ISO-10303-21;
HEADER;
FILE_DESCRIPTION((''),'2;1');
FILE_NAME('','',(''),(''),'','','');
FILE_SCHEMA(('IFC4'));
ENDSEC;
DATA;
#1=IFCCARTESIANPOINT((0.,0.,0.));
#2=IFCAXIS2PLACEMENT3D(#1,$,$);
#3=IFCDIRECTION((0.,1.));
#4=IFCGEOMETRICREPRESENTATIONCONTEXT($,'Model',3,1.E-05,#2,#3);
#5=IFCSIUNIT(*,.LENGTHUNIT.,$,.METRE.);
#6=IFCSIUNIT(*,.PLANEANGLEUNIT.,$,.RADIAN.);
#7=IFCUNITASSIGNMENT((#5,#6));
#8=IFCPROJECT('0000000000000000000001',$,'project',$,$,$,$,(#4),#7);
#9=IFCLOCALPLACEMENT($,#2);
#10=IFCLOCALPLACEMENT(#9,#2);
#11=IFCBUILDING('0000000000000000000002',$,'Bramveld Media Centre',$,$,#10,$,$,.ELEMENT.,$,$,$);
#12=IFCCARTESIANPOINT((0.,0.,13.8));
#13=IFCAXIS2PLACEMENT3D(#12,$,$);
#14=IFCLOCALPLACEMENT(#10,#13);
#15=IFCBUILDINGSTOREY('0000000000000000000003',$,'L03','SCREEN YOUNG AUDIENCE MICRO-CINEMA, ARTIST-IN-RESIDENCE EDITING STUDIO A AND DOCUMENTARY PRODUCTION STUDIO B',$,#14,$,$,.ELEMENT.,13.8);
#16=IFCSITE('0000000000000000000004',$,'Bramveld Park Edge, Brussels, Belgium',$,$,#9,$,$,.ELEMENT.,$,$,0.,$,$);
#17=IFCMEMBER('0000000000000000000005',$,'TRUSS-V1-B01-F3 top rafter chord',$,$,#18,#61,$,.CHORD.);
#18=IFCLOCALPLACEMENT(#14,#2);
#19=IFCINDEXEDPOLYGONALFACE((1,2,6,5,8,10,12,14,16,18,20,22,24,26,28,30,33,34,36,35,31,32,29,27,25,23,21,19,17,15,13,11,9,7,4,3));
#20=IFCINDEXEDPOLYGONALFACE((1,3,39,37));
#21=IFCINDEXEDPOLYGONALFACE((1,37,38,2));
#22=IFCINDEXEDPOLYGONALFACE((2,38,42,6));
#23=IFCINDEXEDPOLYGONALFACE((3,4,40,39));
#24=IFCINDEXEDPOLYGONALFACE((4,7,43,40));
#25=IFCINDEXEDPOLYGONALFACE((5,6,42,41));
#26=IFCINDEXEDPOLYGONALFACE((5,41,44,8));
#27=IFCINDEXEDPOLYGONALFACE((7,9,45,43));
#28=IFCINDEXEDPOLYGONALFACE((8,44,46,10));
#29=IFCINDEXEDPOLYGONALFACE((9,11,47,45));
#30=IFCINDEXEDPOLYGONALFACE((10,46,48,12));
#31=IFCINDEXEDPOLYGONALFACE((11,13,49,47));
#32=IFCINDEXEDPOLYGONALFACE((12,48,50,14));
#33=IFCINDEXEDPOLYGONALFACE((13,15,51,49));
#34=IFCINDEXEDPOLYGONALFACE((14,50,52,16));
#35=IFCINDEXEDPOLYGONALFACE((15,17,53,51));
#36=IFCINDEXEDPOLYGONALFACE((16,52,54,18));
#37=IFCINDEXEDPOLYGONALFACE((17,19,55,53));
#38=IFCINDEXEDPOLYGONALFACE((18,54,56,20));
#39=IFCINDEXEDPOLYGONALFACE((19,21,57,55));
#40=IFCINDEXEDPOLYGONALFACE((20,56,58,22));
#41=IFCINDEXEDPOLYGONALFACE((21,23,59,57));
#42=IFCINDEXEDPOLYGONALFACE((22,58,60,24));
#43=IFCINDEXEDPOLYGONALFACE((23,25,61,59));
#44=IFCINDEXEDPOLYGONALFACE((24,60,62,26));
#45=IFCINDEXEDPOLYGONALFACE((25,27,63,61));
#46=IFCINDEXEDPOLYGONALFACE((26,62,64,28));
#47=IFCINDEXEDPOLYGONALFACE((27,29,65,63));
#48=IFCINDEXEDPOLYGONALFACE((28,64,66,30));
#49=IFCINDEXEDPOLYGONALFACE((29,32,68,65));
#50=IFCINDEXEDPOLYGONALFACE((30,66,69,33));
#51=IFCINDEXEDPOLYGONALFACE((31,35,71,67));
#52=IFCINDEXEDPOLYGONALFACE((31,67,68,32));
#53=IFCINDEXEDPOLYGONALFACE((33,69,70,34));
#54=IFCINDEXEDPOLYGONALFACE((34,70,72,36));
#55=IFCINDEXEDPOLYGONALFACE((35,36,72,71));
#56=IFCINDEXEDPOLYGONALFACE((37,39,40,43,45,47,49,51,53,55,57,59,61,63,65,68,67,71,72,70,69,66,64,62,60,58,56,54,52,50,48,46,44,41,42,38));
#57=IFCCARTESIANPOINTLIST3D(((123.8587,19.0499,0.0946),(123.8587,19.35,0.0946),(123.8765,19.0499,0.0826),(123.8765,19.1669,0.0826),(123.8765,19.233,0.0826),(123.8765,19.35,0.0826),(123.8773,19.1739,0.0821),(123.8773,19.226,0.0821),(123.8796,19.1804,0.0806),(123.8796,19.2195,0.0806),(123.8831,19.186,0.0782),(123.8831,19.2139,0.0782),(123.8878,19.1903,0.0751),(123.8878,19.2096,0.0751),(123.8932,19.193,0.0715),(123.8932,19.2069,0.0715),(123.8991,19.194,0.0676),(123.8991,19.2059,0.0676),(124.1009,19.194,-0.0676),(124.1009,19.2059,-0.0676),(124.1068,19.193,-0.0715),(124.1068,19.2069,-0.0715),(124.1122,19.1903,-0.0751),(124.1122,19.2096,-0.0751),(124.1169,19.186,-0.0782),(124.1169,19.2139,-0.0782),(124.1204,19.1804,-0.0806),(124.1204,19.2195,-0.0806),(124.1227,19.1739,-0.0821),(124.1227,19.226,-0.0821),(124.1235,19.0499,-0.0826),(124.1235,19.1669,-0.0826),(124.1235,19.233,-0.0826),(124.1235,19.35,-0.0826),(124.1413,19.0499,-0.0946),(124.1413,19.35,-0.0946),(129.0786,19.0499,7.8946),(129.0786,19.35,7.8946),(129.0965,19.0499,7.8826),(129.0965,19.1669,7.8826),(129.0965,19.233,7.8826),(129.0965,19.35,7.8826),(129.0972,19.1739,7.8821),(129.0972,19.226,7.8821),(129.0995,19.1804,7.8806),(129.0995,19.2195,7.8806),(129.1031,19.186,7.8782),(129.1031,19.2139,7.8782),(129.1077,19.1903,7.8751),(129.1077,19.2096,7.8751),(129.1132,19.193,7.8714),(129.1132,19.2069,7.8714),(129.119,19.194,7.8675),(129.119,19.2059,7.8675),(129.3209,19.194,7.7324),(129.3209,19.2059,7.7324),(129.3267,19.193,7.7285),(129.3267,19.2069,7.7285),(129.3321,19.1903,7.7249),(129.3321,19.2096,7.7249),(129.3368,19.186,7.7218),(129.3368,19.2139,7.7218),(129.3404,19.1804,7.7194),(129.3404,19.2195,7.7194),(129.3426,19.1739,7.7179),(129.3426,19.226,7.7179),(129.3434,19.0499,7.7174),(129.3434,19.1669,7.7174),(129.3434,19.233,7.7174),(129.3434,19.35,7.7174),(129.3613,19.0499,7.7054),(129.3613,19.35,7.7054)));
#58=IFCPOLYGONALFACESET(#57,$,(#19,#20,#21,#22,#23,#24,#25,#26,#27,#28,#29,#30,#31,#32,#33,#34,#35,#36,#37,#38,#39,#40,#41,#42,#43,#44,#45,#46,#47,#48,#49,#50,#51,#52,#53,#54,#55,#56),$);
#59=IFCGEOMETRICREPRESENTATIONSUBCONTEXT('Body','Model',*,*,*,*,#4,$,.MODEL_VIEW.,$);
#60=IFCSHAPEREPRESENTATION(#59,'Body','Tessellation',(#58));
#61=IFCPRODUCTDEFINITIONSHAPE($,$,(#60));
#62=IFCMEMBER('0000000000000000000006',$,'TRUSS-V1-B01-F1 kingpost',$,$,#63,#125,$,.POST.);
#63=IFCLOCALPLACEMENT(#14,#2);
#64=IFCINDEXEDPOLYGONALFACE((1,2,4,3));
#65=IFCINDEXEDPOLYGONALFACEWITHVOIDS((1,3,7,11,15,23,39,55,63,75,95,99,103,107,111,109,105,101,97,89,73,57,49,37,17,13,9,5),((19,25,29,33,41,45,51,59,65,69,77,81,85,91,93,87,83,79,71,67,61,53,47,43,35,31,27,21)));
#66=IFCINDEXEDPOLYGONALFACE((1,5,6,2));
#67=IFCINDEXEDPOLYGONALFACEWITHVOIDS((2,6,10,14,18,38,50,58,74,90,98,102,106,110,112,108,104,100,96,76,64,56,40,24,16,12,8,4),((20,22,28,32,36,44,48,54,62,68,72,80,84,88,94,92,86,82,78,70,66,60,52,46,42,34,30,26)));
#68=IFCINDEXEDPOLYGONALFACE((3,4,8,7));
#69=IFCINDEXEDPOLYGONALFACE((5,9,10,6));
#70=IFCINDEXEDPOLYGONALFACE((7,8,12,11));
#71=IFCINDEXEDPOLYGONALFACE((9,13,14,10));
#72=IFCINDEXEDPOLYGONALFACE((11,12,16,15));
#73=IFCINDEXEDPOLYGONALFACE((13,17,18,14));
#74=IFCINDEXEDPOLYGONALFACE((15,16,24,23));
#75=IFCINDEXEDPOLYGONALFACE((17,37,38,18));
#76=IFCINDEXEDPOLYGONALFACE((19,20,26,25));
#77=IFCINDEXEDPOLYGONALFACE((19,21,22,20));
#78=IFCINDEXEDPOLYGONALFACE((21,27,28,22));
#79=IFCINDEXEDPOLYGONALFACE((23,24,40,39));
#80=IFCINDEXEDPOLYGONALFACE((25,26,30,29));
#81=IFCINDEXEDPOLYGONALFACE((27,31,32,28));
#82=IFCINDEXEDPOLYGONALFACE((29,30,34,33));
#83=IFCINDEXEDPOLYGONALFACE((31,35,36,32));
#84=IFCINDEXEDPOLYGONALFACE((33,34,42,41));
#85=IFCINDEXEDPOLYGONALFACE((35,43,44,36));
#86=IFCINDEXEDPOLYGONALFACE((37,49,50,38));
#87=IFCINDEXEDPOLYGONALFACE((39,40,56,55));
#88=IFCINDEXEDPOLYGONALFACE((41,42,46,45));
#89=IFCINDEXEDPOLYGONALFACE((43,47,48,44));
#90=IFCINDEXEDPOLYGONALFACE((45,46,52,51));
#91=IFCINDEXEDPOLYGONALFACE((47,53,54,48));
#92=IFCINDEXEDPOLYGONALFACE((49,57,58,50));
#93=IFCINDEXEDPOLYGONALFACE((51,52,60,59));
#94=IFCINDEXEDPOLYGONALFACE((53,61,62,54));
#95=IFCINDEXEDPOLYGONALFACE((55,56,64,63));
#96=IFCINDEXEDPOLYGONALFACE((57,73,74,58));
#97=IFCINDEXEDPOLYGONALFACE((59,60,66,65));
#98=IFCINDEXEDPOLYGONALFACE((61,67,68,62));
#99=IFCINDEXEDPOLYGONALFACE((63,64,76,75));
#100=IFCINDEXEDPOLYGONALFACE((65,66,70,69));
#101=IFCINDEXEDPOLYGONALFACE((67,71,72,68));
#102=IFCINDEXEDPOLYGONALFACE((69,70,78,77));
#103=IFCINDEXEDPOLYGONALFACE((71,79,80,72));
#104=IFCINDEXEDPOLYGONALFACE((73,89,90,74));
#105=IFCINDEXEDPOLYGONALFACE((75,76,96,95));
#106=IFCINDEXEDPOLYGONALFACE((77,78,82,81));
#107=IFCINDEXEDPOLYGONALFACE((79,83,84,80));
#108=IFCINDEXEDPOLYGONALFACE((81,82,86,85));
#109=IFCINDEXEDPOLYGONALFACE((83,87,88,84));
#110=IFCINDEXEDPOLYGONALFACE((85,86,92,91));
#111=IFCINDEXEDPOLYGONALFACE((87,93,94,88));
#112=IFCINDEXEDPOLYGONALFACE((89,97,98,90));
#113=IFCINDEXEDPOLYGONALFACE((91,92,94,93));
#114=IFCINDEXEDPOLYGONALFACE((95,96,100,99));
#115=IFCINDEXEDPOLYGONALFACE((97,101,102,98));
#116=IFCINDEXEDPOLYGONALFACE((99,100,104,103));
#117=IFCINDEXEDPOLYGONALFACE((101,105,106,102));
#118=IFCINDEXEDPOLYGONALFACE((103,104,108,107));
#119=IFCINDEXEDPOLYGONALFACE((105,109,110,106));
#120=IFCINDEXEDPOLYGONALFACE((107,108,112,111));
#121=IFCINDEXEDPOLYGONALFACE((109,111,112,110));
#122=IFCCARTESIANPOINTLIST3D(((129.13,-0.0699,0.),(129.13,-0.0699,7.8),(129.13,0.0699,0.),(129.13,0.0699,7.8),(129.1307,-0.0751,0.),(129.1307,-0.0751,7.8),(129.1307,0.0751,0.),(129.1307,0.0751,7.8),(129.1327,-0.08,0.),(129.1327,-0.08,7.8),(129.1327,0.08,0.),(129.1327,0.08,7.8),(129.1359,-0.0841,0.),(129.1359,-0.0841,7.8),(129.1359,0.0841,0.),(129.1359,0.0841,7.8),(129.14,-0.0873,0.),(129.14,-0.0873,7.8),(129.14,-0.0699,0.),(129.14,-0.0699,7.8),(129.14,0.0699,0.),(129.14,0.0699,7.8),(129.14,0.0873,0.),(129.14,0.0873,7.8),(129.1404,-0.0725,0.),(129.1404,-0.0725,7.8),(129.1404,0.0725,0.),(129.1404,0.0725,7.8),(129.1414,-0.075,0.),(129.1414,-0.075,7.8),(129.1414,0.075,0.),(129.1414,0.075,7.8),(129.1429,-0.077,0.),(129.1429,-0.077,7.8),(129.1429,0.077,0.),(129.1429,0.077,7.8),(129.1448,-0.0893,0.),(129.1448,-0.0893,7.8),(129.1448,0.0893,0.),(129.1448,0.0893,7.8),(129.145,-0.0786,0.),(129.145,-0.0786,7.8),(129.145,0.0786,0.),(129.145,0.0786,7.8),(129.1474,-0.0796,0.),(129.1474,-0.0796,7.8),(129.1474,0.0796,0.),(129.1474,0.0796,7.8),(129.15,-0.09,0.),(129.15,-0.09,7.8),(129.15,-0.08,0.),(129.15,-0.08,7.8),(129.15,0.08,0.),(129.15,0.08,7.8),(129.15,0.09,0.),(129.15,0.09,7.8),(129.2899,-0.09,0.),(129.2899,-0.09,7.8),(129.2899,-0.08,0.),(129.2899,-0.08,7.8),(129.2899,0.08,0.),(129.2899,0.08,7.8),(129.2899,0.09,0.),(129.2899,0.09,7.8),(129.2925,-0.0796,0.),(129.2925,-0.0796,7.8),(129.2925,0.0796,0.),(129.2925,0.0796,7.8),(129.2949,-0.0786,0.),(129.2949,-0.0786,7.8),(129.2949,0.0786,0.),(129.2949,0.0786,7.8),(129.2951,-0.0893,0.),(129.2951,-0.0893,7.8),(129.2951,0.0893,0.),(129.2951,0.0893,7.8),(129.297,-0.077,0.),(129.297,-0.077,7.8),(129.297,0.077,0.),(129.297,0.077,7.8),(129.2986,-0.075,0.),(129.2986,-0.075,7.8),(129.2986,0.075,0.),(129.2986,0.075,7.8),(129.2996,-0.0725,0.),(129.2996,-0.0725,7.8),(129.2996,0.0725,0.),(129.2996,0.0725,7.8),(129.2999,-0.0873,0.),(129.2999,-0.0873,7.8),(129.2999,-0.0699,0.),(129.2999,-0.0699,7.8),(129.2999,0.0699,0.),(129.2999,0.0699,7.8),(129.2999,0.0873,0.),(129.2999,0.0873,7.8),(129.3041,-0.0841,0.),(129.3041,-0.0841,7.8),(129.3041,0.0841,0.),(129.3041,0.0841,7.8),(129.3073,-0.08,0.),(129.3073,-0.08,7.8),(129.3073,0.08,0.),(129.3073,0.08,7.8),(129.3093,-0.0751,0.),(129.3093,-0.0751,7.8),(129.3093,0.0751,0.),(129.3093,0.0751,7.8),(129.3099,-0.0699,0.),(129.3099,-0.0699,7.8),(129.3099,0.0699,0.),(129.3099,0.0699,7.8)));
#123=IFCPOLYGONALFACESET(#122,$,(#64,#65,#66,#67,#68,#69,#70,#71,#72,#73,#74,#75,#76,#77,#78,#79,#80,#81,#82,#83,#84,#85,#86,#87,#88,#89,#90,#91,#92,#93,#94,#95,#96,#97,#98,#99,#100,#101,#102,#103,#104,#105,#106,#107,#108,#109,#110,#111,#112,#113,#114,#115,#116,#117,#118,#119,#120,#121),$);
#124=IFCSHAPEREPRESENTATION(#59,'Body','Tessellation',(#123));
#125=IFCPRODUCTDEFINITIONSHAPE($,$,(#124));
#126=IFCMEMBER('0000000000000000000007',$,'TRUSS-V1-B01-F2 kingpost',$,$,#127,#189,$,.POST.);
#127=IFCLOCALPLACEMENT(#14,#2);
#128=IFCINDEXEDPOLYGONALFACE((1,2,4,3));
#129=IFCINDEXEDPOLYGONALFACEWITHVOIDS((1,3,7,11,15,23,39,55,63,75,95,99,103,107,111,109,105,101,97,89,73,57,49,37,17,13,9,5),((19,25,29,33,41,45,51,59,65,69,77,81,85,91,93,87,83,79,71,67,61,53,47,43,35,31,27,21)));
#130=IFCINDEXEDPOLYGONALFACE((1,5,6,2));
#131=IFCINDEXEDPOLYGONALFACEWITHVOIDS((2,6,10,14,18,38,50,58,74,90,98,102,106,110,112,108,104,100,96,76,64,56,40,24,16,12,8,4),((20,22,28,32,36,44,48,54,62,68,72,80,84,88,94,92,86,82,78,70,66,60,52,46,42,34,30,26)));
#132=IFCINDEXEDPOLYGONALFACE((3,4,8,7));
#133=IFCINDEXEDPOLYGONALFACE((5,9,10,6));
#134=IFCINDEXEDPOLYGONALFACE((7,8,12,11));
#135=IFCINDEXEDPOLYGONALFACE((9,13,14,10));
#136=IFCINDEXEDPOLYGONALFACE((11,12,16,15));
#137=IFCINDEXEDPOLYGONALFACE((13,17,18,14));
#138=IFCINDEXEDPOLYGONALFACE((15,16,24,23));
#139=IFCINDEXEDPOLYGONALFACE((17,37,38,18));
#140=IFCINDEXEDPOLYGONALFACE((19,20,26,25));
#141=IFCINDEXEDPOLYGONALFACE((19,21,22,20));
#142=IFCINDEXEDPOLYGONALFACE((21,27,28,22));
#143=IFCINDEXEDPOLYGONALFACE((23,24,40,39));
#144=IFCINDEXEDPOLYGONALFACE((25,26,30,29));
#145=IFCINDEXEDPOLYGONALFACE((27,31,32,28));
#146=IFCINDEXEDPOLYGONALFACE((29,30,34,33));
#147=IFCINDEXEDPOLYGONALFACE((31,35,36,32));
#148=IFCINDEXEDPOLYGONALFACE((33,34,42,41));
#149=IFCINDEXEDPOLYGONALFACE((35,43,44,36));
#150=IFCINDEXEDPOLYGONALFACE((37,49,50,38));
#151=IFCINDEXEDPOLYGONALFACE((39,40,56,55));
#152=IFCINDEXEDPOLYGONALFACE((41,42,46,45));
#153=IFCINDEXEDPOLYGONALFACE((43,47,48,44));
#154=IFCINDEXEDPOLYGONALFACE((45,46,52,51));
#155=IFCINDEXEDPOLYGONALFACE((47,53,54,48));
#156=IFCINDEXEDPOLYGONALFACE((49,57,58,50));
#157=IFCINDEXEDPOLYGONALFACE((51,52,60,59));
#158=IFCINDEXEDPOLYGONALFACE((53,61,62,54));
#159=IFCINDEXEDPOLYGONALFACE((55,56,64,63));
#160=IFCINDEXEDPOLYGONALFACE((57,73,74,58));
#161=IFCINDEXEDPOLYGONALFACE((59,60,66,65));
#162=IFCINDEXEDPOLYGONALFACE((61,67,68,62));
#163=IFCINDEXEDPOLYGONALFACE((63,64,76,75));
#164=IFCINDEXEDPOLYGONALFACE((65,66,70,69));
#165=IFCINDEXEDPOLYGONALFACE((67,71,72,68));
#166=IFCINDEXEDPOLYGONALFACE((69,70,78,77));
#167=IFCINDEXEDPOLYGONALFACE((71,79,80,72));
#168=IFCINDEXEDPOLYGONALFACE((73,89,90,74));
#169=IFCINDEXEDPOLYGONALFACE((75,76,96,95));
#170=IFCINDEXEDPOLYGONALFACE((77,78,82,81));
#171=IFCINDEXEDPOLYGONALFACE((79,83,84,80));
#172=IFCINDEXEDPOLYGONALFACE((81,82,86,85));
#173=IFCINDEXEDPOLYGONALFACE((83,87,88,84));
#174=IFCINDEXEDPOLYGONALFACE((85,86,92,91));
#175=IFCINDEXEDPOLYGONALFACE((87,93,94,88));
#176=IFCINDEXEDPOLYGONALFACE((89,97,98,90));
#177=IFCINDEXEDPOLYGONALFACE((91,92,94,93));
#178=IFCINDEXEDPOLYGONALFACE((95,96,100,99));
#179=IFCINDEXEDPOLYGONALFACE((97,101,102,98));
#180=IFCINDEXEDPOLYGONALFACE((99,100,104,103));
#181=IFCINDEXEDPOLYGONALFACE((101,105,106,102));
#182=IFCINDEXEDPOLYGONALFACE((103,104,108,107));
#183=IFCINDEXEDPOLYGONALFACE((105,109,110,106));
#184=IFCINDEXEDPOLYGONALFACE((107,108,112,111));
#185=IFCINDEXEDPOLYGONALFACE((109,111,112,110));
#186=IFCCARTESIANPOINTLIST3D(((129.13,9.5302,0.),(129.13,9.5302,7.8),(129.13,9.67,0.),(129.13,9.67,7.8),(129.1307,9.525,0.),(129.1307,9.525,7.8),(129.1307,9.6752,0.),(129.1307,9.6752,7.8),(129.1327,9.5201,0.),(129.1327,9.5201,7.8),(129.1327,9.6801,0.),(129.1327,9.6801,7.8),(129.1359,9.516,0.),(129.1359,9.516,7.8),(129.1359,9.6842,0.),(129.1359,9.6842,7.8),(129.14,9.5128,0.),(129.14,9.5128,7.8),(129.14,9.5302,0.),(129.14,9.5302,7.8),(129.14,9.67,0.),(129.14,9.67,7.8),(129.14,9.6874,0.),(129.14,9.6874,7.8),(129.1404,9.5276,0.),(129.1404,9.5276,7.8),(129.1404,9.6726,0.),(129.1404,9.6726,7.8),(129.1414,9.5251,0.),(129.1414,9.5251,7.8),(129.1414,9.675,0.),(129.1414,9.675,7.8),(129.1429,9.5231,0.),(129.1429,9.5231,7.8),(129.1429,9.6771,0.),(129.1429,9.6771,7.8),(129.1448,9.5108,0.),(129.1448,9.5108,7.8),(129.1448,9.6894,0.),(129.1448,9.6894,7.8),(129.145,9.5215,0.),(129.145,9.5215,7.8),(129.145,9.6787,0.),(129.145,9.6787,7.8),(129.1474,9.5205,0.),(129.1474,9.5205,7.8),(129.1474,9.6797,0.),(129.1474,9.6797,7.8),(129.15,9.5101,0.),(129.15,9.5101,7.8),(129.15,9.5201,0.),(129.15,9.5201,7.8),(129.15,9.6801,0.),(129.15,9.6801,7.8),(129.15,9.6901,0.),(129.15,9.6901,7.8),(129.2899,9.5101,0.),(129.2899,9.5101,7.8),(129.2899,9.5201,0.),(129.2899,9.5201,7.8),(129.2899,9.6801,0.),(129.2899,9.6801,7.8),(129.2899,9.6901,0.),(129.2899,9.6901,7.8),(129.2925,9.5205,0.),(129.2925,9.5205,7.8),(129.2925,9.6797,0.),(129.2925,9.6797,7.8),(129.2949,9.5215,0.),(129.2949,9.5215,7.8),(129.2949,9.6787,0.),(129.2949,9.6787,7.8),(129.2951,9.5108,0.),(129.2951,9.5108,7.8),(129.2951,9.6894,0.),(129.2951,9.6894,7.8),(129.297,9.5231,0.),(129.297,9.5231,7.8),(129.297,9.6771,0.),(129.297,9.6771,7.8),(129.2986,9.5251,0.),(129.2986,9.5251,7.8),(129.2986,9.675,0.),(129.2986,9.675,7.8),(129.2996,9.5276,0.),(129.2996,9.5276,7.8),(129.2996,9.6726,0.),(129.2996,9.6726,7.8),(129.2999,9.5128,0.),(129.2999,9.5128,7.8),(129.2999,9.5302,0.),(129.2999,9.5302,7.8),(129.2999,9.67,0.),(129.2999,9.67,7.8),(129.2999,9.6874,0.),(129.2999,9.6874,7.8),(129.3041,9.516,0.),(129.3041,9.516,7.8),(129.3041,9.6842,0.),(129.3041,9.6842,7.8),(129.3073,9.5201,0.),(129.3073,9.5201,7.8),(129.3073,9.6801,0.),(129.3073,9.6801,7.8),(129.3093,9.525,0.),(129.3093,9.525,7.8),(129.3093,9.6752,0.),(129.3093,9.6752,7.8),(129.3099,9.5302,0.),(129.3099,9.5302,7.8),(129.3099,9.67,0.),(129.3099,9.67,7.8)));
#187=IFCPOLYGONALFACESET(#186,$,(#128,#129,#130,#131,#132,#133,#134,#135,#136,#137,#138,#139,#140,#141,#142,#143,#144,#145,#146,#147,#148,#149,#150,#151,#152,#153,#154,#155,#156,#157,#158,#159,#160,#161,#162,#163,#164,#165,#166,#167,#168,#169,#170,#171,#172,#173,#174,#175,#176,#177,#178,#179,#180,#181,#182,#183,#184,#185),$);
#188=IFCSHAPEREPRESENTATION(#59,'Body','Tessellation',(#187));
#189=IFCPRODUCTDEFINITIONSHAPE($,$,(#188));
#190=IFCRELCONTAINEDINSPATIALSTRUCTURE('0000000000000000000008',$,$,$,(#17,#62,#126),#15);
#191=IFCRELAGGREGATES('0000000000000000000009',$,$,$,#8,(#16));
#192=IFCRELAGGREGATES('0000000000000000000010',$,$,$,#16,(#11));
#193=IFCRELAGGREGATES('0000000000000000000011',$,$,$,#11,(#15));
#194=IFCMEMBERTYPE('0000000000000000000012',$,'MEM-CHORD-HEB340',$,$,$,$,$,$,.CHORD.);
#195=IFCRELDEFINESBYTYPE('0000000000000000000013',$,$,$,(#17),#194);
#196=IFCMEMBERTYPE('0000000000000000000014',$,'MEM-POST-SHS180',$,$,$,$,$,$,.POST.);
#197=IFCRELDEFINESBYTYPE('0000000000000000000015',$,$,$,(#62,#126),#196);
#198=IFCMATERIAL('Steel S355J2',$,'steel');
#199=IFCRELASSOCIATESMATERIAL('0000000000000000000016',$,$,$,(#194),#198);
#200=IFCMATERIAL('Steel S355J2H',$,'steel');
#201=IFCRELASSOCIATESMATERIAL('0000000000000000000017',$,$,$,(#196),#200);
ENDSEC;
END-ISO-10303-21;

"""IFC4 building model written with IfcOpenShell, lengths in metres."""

from ifc_helpers import new_model, si_unit, direction, frame, origin, origin_2d, place, context, subcontext, project, spatial, hollow_rectangle, i_section, extrude, material, material_profile, profile_set, type_object, element, save


model = new_model("IFC4")

# Units and contexts
model_context = context("Model", 3, precision=1e-05, world=origin(), true_north=direction((0.0, 1.0)))
body_context = subcontext(model_context, "Body", "Model", "MODEL_VIEW")
ifc_project = project(units=[si_unit("LENGTHUNIT", "METRE"), si_unit("PLANEANGLEUNIT", "RADIAN")], contexts=[model_context])

# Site, building, storey
site_placement = place(None, origin())
site = spatial("IfcSite", under=ifc_project, at=site_placement, Name="Bramveld Park Edge, Brussels, Belgium", CompositionType="ELEMENT", RefElevation=0.0)
building_placement = place(site_placement, origin())
building = spatial("IfcBuilding", under=site, at=building_placement, Name="Bramveld Media Centre", CompositionType="ELEMENT")
storey_placement = place(building_placement, frame((0.0, 0.0, 13.8)))
storey = spatial("IfcBuildingStorey", under=building, at=storey_placement, Name="L03", Description="SCREEN YOUNG AUDIENCE MICRO-CINEMA, ARTIST-IN-RESIDENCE EDITING STUDIO A AND DOCUMENTARY PRODUCTION STUDIO B", CompositionType="ELEMENT", Elevation=13.8)

# Members
ifc_material_1 = material(Name="Steel S355J2", Category="steel")
ifc_material_profile_1 = material_profile(ifc_material_1, i_section(OverallWidth=0.3, OverallDepth=0.3401, WebThickness=0.012, FlangeThickness=0.0215, FilletRadius=0.0271, at=origin_2d()), Name="HEB 340")
ifc_profile_set_1 = profile_set([ifc_material_profile_1], Name="Steel S355J2")
member_type_1 = type_object("IfcMemberType", Name="MEM-CHORD-HEB340", PredefinedType="CHORD", material=ifc_profile_set_1)
for number, where, z_axis, x_axis, name in (
    (1, (124.0, 19.2, 0.0), (0.55617, 0.0, 0.831069), (0.0, 1.0, 0.0), "TRUSS-V1-B01-F3 top rafter chord"),
):
    element("IfcMember", number, at=place(storey_placement, frame(where, z_axis=z_axis, x_axis=x_axis)), inside=storey, type_object=member_type_1, Name=name, PredefinedType="CHORD", context=body_context, shape_type="SweptSolid", body=[
        extrude(i_section(OverallWidth=0.3, OverallDepth=0.3401, WebThickness=0.012, FlangeThickness=0.0215, FilletRadius=0.0271, at=origin_2d()), origin(), (0.0, 0.0, 1.0), 9.3855),
    ])
ifc_material_2 = material(Name="Steel S355J2H", Category="steel")
ifc_material_profile_2 = material_profile(ifc_material_2, hollow_rectangle(XDim=0.1799, YDim=0.1799, WallThickness=0.01, InnerFilletRadius=0.01, OuterFilletRadius=0.02, at=origin_2d()), Name="SHS 180x180x10")
ifc_profile_set_2 = profile_set([ifc_material_profile_2], Name="Steel S355J2H")
member_type_2 = type_object("IfcMemberType", Name="MEM-POST-SHS180", PredefinedType="POST", material=ifc_profile_set_2)
for number, where, z_axis, x_axis, name in (
    (2, (129.22, 0.0, 0.0), (0.0, 0.0, 1.0), (1.0, 0.0, 0.0), "TRUSS-V1-B01-F1 kingpost"),
    (3, (129.22, 9.6001, 0.0), (0.0, 0.0, 1.0), (1.0, 0.0, 0.0), "TRUSS-V1-B01-F2 kingpost"),
):
    element("IfcMember", number, at=place(storey_placement, frame(where, z_axis=z_axis, x_axis=x_axis)), inside=storey, type_object=member_type_2, Name=name, PredefinedType="POST", context=body_context, shape_type="SweptSolid", body=[
        extrude(hollow_rectangle(XDim=0.1799, YDim=0.1799, WallThickness=0.01, InnerFilletRadius=0.01, OuterFilletRadius=0.02, at=origin_2d()), origin(), (0.0, 0.0, 1.0), 7.8),
    ])

save(model, "model.ifc")
